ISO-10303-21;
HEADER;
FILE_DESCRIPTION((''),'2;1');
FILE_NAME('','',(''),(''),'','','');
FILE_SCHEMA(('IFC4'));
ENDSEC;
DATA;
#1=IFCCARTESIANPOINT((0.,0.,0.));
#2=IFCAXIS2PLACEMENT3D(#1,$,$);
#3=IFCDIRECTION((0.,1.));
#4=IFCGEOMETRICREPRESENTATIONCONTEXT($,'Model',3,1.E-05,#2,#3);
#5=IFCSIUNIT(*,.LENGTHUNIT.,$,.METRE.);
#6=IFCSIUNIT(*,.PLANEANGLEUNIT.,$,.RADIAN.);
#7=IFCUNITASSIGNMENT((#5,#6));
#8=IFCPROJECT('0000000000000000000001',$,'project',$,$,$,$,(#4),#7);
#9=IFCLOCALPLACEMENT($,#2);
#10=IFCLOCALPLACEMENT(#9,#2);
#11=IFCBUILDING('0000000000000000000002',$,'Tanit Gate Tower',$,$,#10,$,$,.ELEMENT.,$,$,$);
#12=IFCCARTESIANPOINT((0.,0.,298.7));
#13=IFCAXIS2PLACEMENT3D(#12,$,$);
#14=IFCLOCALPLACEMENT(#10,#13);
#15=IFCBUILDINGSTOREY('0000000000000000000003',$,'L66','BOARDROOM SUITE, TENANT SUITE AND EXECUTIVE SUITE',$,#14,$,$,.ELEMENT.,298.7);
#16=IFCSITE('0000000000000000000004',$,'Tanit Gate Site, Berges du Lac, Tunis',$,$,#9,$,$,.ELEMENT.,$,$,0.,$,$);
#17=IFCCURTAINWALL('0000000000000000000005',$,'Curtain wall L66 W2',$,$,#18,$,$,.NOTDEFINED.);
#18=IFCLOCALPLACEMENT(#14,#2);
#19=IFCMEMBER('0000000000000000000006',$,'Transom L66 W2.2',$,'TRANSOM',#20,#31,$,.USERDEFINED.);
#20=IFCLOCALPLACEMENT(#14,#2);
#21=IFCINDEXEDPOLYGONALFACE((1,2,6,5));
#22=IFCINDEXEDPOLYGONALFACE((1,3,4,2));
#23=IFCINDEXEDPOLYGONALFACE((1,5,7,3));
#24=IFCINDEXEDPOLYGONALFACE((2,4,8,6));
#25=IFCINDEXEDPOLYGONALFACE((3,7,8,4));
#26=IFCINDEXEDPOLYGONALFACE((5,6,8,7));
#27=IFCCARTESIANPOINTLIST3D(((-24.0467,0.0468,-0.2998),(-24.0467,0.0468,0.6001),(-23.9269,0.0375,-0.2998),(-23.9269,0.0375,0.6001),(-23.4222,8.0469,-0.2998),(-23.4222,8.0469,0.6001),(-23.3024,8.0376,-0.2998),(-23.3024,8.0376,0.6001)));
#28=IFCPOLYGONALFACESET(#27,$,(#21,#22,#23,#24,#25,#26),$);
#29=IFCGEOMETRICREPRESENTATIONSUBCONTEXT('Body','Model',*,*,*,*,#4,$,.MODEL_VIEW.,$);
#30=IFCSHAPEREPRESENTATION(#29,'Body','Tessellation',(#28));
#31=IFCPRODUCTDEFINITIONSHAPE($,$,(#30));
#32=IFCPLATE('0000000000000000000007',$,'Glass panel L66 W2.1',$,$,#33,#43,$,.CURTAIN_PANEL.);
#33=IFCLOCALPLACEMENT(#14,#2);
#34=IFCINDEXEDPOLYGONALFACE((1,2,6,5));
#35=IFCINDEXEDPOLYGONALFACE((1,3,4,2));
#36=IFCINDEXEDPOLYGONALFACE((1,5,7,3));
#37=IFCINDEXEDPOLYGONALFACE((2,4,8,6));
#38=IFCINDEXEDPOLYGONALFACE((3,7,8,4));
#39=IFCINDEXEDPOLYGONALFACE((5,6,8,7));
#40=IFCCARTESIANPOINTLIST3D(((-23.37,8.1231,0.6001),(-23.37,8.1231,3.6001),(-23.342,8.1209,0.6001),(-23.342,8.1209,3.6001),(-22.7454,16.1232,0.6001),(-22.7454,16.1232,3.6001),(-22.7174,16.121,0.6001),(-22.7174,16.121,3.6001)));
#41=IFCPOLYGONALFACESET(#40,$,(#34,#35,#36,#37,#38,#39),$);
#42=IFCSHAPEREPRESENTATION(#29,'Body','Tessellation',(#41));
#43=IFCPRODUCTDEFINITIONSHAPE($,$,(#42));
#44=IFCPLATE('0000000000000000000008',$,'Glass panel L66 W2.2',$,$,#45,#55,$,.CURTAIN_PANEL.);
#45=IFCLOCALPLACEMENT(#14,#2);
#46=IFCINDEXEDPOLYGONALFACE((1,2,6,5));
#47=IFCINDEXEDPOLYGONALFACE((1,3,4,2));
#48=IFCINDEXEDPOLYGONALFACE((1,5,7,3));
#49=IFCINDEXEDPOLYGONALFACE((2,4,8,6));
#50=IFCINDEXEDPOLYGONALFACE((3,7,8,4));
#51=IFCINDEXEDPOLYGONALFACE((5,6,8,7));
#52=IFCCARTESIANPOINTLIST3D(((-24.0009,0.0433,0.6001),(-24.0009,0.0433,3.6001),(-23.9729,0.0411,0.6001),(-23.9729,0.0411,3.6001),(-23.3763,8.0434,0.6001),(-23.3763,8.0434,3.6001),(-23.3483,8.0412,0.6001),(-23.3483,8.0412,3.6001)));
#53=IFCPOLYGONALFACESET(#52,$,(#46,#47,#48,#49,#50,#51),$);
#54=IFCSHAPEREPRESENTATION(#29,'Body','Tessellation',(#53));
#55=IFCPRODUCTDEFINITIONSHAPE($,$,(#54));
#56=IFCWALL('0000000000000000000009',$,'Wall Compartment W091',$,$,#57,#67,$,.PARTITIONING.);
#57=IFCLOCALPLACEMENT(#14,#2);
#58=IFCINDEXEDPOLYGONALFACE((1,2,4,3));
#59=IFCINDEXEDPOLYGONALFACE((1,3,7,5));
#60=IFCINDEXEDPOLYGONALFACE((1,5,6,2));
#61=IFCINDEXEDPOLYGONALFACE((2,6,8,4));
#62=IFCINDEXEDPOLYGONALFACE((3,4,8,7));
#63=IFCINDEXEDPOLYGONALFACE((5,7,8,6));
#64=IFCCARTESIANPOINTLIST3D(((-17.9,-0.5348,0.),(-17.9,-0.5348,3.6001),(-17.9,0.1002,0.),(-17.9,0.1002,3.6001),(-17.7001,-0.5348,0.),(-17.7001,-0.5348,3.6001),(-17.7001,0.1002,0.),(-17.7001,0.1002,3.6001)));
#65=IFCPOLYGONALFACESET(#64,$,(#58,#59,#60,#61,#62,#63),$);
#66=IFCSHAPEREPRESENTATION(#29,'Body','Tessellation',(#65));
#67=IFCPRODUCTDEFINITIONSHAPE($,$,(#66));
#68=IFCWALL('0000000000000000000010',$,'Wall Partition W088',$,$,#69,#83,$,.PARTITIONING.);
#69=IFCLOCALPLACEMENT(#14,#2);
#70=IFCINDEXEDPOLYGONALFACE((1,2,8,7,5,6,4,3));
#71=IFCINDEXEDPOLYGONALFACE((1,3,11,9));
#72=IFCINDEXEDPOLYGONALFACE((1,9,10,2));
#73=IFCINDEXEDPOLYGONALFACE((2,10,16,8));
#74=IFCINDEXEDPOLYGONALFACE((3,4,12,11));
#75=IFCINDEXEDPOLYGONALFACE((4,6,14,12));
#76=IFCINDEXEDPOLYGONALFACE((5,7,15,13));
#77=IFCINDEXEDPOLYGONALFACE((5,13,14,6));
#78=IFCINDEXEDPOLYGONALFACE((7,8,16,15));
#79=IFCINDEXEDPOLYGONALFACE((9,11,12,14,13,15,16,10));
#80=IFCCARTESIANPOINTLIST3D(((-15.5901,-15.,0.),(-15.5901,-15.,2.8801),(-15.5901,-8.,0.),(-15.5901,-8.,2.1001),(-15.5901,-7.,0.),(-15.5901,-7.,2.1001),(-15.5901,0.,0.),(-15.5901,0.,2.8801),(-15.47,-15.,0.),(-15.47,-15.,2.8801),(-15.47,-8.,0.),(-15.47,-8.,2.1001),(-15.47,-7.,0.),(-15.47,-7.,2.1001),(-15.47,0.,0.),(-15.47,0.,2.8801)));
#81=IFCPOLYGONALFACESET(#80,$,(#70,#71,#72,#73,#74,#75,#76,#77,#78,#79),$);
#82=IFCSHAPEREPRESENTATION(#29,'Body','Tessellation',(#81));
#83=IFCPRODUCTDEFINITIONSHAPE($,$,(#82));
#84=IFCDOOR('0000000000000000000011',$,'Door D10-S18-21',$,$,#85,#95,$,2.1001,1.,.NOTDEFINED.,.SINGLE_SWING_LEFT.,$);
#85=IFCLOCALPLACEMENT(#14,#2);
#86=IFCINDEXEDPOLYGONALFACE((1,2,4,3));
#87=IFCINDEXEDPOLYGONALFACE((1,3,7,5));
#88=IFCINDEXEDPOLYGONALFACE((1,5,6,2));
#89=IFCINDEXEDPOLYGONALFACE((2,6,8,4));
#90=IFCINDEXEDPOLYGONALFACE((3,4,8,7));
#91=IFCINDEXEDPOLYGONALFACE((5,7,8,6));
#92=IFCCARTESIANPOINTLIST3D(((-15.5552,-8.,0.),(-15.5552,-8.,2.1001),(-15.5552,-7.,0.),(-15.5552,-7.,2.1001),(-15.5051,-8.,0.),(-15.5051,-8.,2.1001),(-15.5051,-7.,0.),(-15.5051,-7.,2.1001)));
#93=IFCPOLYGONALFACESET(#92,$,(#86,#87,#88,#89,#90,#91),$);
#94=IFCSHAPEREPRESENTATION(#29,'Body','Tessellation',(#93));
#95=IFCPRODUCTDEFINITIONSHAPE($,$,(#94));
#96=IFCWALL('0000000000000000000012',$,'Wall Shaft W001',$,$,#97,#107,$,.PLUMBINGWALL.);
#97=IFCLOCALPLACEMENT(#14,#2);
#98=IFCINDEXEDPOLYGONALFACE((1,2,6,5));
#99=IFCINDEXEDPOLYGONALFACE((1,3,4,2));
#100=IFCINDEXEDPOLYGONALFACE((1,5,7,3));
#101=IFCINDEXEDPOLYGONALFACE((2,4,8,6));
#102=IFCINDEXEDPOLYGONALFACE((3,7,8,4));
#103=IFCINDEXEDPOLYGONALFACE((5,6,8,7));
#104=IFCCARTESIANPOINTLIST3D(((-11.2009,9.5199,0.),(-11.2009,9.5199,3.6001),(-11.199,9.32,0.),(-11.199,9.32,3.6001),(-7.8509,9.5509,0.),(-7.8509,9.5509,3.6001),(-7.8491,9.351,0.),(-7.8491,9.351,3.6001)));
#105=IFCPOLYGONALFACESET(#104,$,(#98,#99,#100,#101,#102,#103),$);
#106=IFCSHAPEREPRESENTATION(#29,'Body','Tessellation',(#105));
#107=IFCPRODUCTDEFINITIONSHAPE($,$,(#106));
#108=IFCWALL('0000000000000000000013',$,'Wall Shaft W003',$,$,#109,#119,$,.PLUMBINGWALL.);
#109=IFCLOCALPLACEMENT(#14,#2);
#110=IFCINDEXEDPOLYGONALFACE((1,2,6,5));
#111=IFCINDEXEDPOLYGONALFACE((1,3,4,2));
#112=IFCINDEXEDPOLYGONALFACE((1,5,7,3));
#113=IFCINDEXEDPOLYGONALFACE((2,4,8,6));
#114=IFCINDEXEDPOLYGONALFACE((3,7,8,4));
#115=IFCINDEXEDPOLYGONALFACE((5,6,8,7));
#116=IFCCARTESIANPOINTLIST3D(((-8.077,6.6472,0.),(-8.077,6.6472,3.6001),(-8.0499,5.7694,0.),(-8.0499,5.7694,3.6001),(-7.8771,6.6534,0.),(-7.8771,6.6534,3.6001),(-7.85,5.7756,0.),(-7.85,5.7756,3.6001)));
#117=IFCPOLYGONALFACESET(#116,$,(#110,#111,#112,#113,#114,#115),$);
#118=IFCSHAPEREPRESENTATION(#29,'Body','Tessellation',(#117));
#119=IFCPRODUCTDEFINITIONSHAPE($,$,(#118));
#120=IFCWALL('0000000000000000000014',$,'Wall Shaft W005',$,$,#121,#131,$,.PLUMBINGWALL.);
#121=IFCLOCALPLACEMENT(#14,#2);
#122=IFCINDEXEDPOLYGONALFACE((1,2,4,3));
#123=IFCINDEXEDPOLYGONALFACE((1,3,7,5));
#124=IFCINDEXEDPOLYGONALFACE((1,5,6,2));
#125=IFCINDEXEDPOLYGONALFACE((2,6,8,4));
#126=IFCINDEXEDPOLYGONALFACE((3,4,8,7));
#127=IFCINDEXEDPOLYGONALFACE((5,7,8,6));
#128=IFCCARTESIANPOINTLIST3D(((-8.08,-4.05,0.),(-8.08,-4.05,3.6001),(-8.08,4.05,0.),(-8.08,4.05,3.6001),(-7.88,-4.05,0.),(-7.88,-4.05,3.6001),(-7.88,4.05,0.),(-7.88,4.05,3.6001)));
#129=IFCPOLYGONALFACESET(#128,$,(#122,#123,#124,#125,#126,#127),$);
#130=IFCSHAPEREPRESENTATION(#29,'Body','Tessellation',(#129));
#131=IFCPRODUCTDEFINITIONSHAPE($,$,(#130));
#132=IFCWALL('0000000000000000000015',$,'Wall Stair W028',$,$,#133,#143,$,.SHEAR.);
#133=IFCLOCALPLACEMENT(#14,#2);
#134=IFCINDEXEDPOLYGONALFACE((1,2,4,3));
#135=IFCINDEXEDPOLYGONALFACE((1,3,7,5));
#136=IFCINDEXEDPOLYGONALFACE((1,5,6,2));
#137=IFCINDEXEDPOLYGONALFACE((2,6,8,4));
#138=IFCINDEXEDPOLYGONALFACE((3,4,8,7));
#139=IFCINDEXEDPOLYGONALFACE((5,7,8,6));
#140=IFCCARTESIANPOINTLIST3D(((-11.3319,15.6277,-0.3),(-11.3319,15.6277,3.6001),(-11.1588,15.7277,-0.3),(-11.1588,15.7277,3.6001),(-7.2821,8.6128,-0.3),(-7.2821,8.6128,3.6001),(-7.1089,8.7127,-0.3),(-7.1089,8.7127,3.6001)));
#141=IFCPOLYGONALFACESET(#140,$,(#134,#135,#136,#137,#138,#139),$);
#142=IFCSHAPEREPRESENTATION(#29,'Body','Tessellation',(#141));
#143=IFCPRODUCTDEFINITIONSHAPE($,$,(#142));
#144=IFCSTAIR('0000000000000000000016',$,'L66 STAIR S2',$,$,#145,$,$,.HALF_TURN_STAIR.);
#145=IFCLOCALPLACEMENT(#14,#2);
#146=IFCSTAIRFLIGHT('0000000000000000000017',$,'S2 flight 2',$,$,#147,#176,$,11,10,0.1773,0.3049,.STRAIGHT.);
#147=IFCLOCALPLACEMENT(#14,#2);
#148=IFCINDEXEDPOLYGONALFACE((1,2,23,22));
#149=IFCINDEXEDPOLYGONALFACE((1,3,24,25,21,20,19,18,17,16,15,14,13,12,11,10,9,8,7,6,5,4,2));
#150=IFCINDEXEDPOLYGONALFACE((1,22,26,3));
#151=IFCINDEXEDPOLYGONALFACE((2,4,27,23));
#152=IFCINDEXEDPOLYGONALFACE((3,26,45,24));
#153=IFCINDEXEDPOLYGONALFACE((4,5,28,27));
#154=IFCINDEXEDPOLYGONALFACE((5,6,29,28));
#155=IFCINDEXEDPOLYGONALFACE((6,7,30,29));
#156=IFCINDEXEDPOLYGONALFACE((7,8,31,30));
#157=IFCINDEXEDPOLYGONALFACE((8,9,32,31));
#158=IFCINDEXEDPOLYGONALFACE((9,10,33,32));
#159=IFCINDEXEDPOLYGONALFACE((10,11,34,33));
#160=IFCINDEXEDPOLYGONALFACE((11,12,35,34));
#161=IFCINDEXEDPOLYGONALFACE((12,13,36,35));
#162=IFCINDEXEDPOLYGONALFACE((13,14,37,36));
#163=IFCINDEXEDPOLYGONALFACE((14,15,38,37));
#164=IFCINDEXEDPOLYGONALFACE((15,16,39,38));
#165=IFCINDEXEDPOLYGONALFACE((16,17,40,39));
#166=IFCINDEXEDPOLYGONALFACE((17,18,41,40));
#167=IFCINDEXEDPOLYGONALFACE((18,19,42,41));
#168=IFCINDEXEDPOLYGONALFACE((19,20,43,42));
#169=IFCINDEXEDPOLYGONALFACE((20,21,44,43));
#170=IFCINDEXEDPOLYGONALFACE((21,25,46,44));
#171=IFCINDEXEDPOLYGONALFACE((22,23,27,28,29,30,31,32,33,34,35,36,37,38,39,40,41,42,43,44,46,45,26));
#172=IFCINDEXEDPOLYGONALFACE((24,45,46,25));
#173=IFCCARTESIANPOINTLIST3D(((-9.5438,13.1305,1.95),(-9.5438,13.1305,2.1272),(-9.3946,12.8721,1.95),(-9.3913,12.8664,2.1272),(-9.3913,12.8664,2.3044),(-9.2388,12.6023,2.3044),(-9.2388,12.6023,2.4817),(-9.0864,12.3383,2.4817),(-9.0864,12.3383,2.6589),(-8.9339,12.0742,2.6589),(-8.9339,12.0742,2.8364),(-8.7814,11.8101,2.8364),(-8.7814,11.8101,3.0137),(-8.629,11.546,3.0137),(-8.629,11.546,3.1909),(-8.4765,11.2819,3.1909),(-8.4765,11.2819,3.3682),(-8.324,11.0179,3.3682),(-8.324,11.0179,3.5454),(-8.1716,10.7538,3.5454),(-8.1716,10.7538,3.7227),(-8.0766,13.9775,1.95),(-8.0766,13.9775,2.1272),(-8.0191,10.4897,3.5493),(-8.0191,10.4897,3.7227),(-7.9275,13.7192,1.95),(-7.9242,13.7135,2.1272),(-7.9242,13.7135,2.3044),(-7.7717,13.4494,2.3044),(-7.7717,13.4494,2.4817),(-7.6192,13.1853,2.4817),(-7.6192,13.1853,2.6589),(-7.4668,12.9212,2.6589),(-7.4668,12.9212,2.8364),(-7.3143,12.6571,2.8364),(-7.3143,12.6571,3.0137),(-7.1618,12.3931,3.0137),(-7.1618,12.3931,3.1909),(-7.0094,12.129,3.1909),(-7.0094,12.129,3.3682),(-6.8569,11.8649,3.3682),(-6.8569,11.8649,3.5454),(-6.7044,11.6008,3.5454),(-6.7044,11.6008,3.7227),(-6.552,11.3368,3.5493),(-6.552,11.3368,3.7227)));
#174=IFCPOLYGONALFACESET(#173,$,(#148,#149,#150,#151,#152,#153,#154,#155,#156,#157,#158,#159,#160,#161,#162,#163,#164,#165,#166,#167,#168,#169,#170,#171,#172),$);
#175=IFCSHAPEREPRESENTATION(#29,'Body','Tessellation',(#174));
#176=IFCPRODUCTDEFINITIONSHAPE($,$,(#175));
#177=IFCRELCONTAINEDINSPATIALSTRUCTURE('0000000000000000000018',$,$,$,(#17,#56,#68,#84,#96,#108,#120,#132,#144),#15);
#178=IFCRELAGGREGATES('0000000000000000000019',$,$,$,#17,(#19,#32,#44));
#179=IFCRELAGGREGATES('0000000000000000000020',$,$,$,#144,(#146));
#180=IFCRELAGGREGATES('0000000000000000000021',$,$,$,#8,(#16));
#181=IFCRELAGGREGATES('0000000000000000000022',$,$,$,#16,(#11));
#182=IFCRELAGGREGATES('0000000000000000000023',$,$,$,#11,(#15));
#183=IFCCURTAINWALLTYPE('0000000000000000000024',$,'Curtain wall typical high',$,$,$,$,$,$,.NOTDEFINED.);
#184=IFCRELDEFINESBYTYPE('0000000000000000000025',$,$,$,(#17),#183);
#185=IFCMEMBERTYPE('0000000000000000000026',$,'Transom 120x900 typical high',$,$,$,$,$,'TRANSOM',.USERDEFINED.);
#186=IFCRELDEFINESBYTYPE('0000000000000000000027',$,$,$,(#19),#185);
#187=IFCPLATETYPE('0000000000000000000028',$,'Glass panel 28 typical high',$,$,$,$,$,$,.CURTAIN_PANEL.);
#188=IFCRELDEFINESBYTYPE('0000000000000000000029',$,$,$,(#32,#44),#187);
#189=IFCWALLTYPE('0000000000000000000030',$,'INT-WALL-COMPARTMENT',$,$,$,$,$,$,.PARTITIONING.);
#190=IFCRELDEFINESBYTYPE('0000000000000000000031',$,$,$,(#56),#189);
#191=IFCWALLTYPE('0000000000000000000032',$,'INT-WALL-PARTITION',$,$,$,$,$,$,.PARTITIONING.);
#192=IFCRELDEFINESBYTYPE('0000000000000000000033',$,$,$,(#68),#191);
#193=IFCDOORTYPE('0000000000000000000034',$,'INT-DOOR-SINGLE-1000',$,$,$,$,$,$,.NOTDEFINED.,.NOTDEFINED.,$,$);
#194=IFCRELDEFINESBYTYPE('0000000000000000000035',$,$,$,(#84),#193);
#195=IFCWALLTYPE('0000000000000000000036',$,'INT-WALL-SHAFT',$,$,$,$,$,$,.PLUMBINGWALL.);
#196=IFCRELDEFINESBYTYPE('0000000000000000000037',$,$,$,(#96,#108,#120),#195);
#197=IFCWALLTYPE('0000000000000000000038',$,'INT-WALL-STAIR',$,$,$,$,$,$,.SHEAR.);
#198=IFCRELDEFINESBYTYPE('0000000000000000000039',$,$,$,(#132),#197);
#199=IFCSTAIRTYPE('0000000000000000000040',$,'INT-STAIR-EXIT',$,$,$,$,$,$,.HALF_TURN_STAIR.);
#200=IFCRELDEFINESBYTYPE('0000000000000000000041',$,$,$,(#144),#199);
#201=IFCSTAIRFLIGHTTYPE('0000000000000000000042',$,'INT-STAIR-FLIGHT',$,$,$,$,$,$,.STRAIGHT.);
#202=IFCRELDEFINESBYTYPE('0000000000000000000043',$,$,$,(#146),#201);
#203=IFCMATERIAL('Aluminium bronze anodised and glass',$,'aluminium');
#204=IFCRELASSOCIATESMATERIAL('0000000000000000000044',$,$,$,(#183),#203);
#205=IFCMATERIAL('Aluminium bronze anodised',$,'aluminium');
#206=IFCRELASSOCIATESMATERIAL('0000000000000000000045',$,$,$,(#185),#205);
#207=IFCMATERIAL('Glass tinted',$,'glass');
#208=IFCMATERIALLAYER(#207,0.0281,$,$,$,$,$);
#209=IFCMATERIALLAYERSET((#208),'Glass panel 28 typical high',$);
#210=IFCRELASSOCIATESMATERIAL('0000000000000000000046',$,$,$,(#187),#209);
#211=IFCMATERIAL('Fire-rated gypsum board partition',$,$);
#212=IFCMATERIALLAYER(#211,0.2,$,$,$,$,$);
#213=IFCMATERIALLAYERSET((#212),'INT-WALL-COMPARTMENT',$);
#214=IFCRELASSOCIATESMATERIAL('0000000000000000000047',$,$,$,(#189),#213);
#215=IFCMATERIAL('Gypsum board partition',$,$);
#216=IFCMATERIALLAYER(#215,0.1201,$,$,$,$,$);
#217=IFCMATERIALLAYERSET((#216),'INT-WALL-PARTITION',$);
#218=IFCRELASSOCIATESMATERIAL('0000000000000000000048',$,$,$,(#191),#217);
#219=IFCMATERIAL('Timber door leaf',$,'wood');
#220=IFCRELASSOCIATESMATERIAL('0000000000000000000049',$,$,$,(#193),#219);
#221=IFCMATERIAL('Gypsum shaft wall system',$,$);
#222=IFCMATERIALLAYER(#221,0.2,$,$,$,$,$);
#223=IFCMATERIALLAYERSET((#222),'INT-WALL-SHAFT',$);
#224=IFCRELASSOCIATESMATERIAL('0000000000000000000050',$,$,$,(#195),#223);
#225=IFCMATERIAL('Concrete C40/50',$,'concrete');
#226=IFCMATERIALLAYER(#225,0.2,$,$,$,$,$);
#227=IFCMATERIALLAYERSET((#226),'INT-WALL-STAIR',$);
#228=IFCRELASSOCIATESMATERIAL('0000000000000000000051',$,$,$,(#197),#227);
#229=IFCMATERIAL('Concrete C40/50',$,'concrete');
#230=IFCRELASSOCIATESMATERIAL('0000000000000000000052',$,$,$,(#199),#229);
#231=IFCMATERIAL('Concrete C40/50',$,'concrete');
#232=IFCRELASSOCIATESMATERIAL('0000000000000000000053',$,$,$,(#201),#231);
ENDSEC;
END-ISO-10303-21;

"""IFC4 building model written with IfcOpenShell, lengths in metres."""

from ifc_helpers import new_model, si_unit, direction, frame, frame_2d, origin, origin_2d, place, context, subcontext, project, spatial, polyline, rectangle, outline, extrude, material, layer, layer_set, material_profile, profile_set, type_object, element, fill, aggregate, save


model = new_model("IFC4")

# Units and contexts
model_context = context("Model", 3, precision=1e-05, world=origin(), true_north=direction((0.0, 1.0)))
body_context = subcontext(model_context, "Body", "Model", "MODEL_VIEW")
ifc_project = project(units=[si_unit("LENGTHUNIT", "METRE"), si_unit("PLANEANGLEUNIT", "RADIAN")], contexts=[model_context])

# Site, building, storey
site_placement = place(None, origin())
site = spatial("IfcSite", under=ifc_project, at=site_placement, Name="Tanit Gate Site, Berges du Lac, Tunis", CompositionType="ELEMENT", RefElevation=0.0)
building_placement = place(site_placement, origin())
building = spatial("IfcBuilding", under=site, at=building_placement, Name="Tanit Gate Tower", CompositionType="ELEMENT")
storey_placement = place(building_placement, frame((0.0, 0.0, 298.7)))
storey = spatial("IfcBuildingStorey", under=building, at=storey_placement, Name="L66", Description="BOARDROOM SUITE, TENANT SUITE AND EXECUTIVE SUITE", CompositionType="ELEMENT", Elevation=298.7)

# Curtain wall
ifc_material_1 = material(Name="Aluminium bronze anodised and glass", Category="aluminium")
curtain_wall_type = type_object("IfcCurtainWallType", Name="Curtain wall typical high", PredefinedType="NOTDEFINED", material=ifc_material_1)
curtain_wall_placement = place(storey_placement, origin())
curtain_wall = element("IfcCurtainWall", 1, at=curtain_wall_placement, inside=storey, type_object=curtain_wall_type, Name="Curtain wall L66 W2", PredefinedType="NOTDEFINED")

# Member
ifc_material_2 = material(Name="Aluminium bronze anodised", Category="aluminium")
ifc_material_profile_1 = material_profile(ifc_material_2, rectangle(XDim=0.1201, YDim=0.8999, at=origin_2d()), Name="120x900 bronze transom")
ifc_profile_set_1 = profile_set([ifc_material_profile_1], Name="Aluminium bronze anodised")
member_type_1 = type_object("IfcMemberType", Name="Transom 120x900 typical high", ElementType="TRANSOM", PredefinedType="USERDEFINED", material=ifc_profile_set_1)
member_1_placement = place(storey_placement, frame((-23.3623, 8.0422, 0.1501), z_axis=(-0.077827, -0.996967, 0.0), x_axis=(0.996967, -0.077827, 0.0)))
member_1 = element("IfcMember", 2, at=member_1_placement, type_object=member_type_1, Name="Transom L66 W2.2", ObjectType="TRANSOM", PredefinedType="USERDEFINED", context=body_context, shape_type="SweptSolid", body=[
    extrude(rectangle(XDim=0.1201, YDim=0.8999, at=origin_2d()), origin(), (0.0, 0.0, 1.0), 8.0244),
])

# Plates
ifc_material_3 = material(Name="Glass tinted", Category="glass")
ifc_layer_1 = layer(ifc_material_3, 0.0281)
ifc_layer_set_1 = layer_set([ifc_layer_1], Name="Glass panel 28 typical high")
plate_type = type_object("IfcPlateType", Name="Glass panel 28 typical high", PredefinedType="CURTAIN_PANEL", material=ifc_layer_set_1)
plate_1_placement = place(storey_placement, frame((-23.0437, 12.1221, 0.6001), z_axis=(0.0, 0.0, 1.0), x_axis=(-0.077839, -0.996966, 0.0)))
plate_1 = element("IfcPlate", 3, at=plate_1_placement, type_object=plate_type, Name="Glass panel L66 W2.1", PredefinedType="CURTAIN_PANEL", context=body_context, shape_type="SweptSolid", body=[
    extrude(rectangle(XDim=8.0244, YDim=0.0281, at=origin_2d()), origin(), (0.0, 0.0, 1.0), 3.0),
])
plate_2_placement = place(storey_placement, frame((-23.6746, 4.0422, 0.6001), z_axis=(0.0, 0.0, 1.0), x_axis=(-0.077839, -0.996966, 0.0)))
plate_2 = element("IfcPlate", 4, at=plate_2_placement, type_object=plate_type, Name="Glass panel L66 W2.2", PredefinedType="CURTAIN_PANEL", context=body_context, shape_type="SweptSolid", body=[
    extrude(rectangle(XDim=8.0244, YDim=0.0281, at=origin_2d()), origin(), (0.0, 0.0, 1.0), 3.0),
])
aggregate(curtain_wall, [member_1, plate_1, plate_2])

# Wall
ifc_material_4 = material(Name="Fire-rated gypsum board partition")
ifc_layer_2 = layer(ifc_material_4, 0.2)
ifc_layer_set_2 = layer_set([ifc_layer_2], Name="INT-WALL-COMPARTMENT")
wall_type_1 = type_object("IfcWallType", Name="INT-WALL-COMPARTMENT", PredefinedType="PARTITIONING", material=ifc_layer_set_2)
wall_1_placement = place(storey_placement, frame((-17.8, 0.1001, 0.0), z_axis=(0.0, 0.0, 1.0), x_axis=(0.0, -1.0, 0.0)))
element("IfcWall", 5, at=wall_1_placement, inside=storey, type_object=wall_type_1, Name="Wall Compartment W091", PredefinedType="PARTITIONING", context=body_context, shape_type="SweptSolid", body=[
    extrude(rectangle(XDim=0.635, YDim=0.2, at=frame_2d((0.3174, 0.0))), origin(), (0.0, 0.0, 1.0), 3.6001),
])

# Wall, opening, door
ifc_material_5 = material(Name="Gypsum board partition")
ifc_layer_3 = layer(ifc_material_5, 0.1201)
ifc_layer_set_3 = layer_set([ifc_layer_3], Name="INT-WALL-PARTITION")
wall_type_2 = type_object("IfcWallType", Name="INT-WALL-PARTITION", PredefinedType="PARTITIONING", material=ifc_layer_set_3)
wall_2_placement = place(storey_placement, frame((-15.53, 0.0, 0.0), z_axis=(0.0, 0.0, 1.0), x_axis=(0.0, -1.0, 0.0)))
wall_2 = element("IfcWall", 6, at=wall_2_placement, inside=storey, type_object=wall_type_2, Name="Wall Partition W088", PredefinedType="PARTITIONING", context=body_context, shape_type="SweptSolid", body=[
    extrude(rectangle(XDim=15.0, YDim=0.1201, at=frame_2d((7.5, 0.0))), origin(), (0.0, 0.0, 1.0), 2.8801),
])
opening_1_placement = place(wall_2_placement, frame((7.0, 0.0, 0.0)))
opening_1 = element("IfcOpeningElement", 7, at=opening_1_placement, cuts=wall_2, PredefinedType="OPENING", context=body_context, shape_type="SweptSolid", body=[
    extrude(rectangle(XDim=1.0, YDim=2.1001, at=frame_2d((0.5, 1.05))), frame((0.0, 0.0701, 0.0), z_axis=(0.0, -1.0, 0.0), x_axis=(1.0, 0.0, 0.0)), (0.0, 0.0, 1.0), 0.1401),
])
ifc_material_6 = material(Name="Timber door leaf", Category="wood")
door_type_1 = type_object("IfcDoorType", Name="INT-DOOR-SINGLE-1000", OperationType="NOTDEFINED", PredefinedType="NOTDEFINED", material=ifc_material_6)
door_1_placement = place(opening_1_placement, origin())
door_1 = element("IfcDoor", 8, at=door_1_placement, inside=storey, type_object=door_type_1, Name="Door D10-S18-21", OperationType="SINGLE_SWING_LEFT", OverallHeight=2.1001, OverallWidth=1.0, PredefinedType="NOTDEFINED", context=body_context, shape_type="SweptSolid", body=[
    extrude(rectangle(XDim=1.0, YDim=2.1001, at=frame_2d((0.5, 1.05))), frame((0.0, 0.0249, 0.0), z_axis=(0.0, -1.0, 0.0), x_axis=(1.0, 0.0, 0.0)), (0.0, 0.0, 1.0), 0.05),
])
fill(opening_1, door_1)

# Walls
ifc_material_7 = material(Name="Gypsum shaft wall system")
ifc_layer_4 = layer(ifc_material_7, 0.2)
ifc_layer_set_4 = layer_set([ifc_layer_4], Name="INT-WALL-SHAFT")
wall_type_3 = type_object("IfcWallType", Name="INT-WALL-SHAFT", PredefinedType="PLUMBINGWALL", material=ifc_layer_set_4)
wall_3_placement = place(storey_placement, frame((-11.2, 9.4199, 0.0), z_axis=(0.0, 0.0, 1.0), x_axis=(0.999957, 0.009255, 0.0)))
element("IfcWall", 9, at=wall_3_placement, inside=storey, type_object=wall_type_3, Name="Wall Shaft W001", PredefinedType="PLUMBINGWALL", context=body_context, shape_type="SweptSolid", body=[
    extrude(rectangle(XDim=3.3501, YDim=0.2, at=frame_2d((1.675, 0.0))), origin(), (0.0, 0.0, 1.0), 3.6001),
])
wall_4_placement = place(storey_placement, frame((-7.9771, 6.6501, 0.0), z_axis=(0.0, 0.0, 1.0), x_axis=(0.030862, -0.999524, 0.0)))
element("IfcWall", 10, at=wall_4_placement, inside=storey, type_object=wall_type_3, Name="Wall Shaft W003", PredefinedType="PLUMBINGWALL", context=body_context, shape_type="SweptSolid", body=[
    extrude(rectangle(XDim=0.8782, YDim=0.2, at=frame_2d((0.439, 0.0))), origin(), (0.0, 0.0, 1.0), 3.6001),
])
wall_5_placement = place(storey_placement, frame((-7.98, 4.05, 0.0), z_axis=(0.0, 0.0, 1.0), x_axis=(0.0, -1.0, 0.0)))
element("IfcWall", 11, at=wall_5_placement, inside=storey, type_object=wall_type_3, Name="Wall Shaft W005", PredefinedType="PLUMBINGWALL", context=body_context, shape_type="SweptSolid", body=[
    extrude(rectangle(XDim=8.1001, YDim=0.2, at=frame_2d((4.05, 0.0))), origin(), (0.0, 0.0, 1.0), 3.6001),
])
ifc_material_8 = material(Name="Concrete C40/50", Category="concrete")
ifc_layer_5 = layer(ifc_material_8, 0.2)
ifc_layer_set_5 = layer_set([ifc_layer_5], Name="INT-WALL-STAIR")
wall_type_4 = type_object("IfcWallType", Name="INT-WALL-STAIR", PredefinedType="SHEAR", material=ifc_layer_set_5)
wall_6_placement = place(storey_placement, frame((-11.2454, 15.6777, -0.3), z_axis=(0.0, 0.0, 1.0), x_axis=(0.499977, -0.866039, 0.0)))
element("IfcWall", 12, at=wall_6_placement, inside=storey, type_object=wall_type_4, Name="Wall Stair W028", PredefinedType="SHEAR", context=body_context, shape_type="SweptSolid", body=[
    extrude(rectangle(XDim=8.1001, YDim=0.2, at=frame_2d((4.05, 0.0))), origin(), (0.0, 0.0, 1.0), 3.9001),
])

# Stair, stair flight
ifc_material_9 = material(Name="Concrete C40/50", Category="concrete")
stair_type = type_object("IfcStairType", Name="INT-STAIR-EXIT", PredefinedType="HALF_TURN_STAIR", material=ifc_material_9)
stair_placement = place(storey_placement, origin())
stair = element("IfcStair", 13, at=stair_placement, inside=storey, type_object=stair_type, Name="L66 STAIR S2", PredefinedType="HALF_TURN_STAIR")
ifc_material_10 = material(Name="Concrete C40/50", Category="concrete")
stair_flight_type = type_object("IfcStairFlightType", Name="INT-STAIR-FLIGHT", PredefinedType="STRAIGHT", material=ifc_material_10)
stair_flight_placement = place(storey_placement, frame((-8.8103, 13.554, 1.95), z_axis=(0.0, 0.0, 1.0), x_axis=(0.5, -0.866025, 0.0)))
stair_flight = element("IfcStairFlight", 14, at=stair_flight_placement, type_object=stair_flight_type, Name="S2 flight 2", NumberOfRisers=11, NumberOfTreads=10, PredefinedType="STRAIGHT", RiserHeight=0.1773, TreadLength=0.3049, context=body_context, shape_type="SweptSolid", body=[
    extrude(outline(polyline([(0.0, 0.0), (0.0, 0.1772), (0.3049, 0.1772), (0.3049, 0.3545), (0.6099, 0.3545), (0.6099, 0.5317), (0.9148, 0.5317), (0.9148, 0.709), (1.2197, 0.709), (1.2197, 0.8865), (1.5247, 0.8865), (1.5247, 1.0637), (1.8296, 1.0637), (1.8296, 1.241), (2.1345, 1.241), (2.1345, 1.4182), (2.4395, 1.4182), (2.4395, 1.5955), (2.7444, 1.5955), (2.7444, 1.7727), (3.0493, 1.7727), (3.0493, 1.95), (3.0493, 1.5994), (0.2983, 0.0), (0.0, 0.0)])), frame((0.0, 0.8472, 0.0), z_axis=(0.0, -1.0, 0.0), x_axis=(1.0, 0.0, 0.0)), (0.0, 0.0, 1.0), 1.6941),
])
aggregate(stair, [stair_flight])

save(model, "model.ifc")
